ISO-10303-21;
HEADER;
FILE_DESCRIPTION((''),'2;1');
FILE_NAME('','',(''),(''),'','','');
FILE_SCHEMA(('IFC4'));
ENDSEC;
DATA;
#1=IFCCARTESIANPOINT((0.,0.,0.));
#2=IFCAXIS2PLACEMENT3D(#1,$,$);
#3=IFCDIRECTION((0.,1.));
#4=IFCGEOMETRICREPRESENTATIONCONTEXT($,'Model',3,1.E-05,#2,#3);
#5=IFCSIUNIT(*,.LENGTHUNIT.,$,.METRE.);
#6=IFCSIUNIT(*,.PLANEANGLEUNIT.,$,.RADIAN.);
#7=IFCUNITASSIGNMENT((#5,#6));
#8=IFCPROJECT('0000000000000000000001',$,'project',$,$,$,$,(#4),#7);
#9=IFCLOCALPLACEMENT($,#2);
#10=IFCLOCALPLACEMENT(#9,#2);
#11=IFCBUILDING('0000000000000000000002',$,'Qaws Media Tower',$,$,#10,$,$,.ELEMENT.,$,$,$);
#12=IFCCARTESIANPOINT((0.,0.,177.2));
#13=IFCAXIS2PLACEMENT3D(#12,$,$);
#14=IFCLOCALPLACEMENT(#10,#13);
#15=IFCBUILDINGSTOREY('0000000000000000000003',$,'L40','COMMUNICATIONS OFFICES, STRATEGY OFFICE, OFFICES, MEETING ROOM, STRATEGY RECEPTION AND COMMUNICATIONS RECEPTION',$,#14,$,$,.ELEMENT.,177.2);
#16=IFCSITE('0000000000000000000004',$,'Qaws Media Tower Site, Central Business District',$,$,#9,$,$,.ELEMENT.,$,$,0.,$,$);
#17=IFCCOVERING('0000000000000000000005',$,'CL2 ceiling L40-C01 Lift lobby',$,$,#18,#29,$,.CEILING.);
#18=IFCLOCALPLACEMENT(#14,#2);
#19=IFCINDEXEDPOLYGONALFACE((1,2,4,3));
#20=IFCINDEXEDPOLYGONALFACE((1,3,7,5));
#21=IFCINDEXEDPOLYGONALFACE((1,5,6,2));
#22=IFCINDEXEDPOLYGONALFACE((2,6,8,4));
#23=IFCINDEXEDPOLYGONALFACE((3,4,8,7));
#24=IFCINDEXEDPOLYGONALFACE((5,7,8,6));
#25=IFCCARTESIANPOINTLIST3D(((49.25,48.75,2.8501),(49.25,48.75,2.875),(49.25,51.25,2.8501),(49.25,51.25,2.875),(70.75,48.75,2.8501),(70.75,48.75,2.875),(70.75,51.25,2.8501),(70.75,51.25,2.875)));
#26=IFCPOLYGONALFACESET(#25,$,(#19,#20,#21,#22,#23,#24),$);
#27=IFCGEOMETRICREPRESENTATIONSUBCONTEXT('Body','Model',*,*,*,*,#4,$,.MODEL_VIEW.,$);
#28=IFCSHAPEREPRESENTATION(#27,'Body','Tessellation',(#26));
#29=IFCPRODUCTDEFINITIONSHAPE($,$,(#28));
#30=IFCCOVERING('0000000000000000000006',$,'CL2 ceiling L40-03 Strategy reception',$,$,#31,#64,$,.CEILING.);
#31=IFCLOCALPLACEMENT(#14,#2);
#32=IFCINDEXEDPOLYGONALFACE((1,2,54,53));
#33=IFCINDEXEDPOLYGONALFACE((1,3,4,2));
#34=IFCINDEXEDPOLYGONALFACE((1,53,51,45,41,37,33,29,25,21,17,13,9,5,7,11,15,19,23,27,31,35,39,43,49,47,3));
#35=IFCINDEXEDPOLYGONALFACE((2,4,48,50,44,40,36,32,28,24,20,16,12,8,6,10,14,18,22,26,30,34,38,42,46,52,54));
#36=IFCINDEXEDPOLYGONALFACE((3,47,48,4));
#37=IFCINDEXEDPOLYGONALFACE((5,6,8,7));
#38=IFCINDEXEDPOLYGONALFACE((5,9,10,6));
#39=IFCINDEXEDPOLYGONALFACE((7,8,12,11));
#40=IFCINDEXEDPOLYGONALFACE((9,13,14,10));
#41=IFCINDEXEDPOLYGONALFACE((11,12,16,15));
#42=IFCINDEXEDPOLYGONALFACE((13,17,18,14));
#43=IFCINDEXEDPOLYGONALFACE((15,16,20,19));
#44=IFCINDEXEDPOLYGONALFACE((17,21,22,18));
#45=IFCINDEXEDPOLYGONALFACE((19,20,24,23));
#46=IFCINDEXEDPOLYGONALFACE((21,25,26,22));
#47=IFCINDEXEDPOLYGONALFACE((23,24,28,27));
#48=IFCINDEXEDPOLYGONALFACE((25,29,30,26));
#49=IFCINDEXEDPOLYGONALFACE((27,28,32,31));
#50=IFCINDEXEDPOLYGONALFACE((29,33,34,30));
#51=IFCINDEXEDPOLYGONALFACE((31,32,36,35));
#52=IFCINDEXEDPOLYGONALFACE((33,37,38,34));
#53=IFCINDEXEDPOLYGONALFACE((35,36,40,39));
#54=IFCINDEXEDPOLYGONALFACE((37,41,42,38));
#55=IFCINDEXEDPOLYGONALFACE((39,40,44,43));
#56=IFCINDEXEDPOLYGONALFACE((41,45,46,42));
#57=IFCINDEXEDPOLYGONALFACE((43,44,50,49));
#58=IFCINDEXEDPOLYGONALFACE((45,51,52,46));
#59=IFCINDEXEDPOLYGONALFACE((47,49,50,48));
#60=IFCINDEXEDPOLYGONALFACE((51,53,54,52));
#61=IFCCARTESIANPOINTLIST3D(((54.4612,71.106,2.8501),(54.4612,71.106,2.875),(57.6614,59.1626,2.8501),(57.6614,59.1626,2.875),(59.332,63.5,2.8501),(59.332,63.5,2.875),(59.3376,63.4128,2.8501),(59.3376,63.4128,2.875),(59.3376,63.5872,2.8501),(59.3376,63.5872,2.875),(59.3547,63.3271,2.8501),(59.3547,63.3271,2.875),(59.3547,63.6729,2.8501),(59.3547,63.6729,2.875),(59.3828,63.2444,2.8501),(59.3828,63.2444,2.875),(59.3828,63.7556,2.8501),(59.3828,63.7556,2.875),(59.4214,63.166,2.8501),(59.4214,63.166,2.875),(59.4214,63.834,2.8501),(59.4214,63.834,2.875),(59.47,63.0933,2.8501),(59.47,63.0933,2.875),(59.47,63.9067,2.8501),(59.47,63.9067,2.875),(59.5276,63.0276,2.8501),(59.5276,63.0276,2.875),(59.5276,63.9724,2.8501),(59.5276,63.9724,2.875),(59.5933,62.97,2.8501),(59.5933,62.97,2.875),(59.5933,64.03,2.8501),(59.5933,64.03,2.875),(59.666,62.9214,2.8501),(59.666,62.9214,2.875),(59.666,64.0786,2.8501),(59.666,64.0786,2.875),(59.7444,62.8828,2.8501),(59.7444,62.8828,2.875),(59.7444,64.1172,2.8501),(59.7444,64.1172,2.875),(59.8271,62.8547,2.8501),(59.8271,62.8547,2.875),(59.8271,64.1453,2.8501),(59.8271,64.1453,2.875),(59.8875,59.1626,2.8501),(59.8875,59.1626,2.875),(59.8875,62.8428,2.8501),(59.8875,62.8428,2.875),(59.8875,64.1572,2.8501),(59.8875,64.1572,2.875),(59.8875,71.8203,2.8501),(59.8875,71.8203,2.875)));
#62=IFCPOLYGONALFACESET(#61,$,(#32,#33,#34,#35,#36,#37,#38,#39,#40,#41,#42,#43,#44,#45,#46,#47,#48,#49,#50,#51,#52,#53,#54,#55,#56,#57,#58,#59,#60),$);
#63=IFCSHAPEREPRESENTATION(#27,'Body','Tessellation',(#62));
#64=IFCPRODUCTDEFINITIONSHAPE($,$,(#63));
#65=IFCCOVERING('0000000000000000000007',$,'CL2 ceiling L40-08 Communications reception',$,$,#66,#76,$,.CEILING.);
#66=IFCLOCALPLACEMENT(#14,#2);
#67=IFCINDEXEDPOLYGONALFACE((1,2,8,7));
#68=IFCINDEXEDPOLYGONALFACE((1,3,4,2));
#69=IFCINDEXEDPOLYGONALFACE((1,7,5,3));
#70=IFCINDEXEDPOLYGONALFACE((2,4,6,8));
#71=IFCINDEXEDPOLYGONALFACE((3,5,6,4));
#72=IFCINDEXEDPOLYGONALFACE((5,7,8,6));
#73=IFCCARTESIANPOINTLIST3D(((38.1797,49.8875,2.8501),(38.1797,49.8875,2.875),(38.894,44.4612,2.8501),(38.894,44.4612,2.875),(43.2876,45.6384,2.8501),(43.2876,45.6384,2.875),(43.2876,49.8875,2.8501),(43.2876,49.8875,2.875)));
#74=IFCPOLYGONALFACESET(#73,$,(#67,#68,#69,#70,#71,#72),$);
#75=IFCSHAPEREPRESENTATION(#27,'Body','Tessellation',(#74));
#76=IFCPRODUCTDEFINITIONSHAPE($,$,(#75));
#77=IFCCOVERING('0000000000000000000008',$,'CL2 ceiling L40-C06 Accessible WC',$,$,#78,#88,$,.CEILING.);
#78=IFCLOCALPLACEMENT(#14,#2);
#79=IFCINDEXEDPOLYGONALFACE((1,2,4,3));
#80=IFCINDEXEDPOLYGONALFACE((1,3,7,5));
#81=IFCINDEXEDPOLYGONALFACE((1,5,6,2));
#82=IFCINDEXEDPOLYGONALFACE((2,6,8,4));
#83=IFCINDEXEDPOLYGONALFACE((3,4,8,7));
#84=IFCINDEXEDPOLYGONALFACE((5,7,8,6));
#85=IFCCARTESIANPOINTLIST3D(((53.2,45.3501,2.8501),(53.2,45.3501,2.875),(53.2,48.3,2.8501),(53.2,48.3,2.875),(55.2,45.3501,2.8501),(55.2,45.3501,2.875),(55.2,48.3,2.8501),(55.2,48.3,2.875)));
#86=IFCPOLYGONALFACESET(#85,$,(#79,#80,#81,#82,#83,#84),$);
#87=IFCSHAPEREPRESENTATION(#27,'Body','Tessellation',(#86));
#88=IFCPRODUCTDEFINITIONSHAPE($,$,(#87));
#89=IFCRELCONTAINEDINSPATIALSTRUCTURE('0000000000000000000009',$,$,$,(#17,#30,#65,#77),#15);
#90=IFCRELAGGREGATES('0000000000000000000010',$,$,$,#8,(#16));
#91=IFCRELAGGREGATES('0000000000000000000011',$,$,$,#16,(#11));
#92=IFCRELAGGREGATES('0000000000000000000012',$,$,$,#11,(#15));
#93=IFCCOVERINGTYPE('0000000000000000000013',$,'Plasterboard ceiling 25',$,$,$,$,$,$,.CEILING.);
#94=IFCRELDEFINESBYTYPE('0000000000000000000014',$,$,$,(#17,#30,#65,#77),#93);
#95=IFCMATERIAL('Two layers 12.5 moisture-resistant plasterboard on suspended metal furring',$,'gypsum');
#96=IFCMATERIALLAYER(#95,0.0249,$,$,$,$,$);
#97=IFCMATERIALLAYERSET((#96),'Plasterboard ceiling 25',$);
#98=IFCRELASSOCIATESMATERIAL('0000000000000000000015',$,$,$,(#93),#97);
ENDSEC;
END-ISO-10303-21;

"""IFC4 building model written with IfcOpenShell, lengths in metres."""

from ifc_helpers import new_model, si_unit, direction, frame, origin, place, context, subcontext, project, spatial, polyline, outline, extrude, material, layer, layer_set, type_object, element, save


model = new_model("IFC4")

# Units and contexts
model_context = context("Model", 3, precision=1e-05, world=origin(), true_north=direction((0.0, 1.0)))
body_context = subcontext(model_context, "Body", "Model", "MODEL_VIEW")
ifc_project = project(units=[si_unit("LENGTHUNIT", "METRE"), si_unit("PLANEANGLEUNIT", "RADIAN")], contexts=[model_context])

# Site, building, storey
site_placement = place(None, origin())
site = spatial("IfcSite", under=ifc_project, at=site_placement, Name="Qaws Media Tower Site, Central Business District", CompositionType="ELEMENT", RefElevation=0.0)
building_placement = place(site_placement, origin())
building = spatial("IfcBuilding", under=site, at=building_placement, Name="Qaws Media Tower", CompositionType="ELEMENT")
storey_placement = place(building_placement, frame((0.0, 0.0, 177.2)))
storey = spatial("IfcBuildingStorey", under=building, at=storey_placement, Name="L40", Description="COMMUNICATIONS OFFICES, STRATEGY OFFICE, OFFICES, MEETING ROOM, STRATEGY RECEPTION AND COMMUNICATIONS RECEPTION", CompositionType="ELEMENT", Elevation=177.2)

# Coverings
ifc_material_1 = material(Name="Two layers 12.5 moisture-resistant plasterboard on suspended metal furring", Category="gypsum")
ifc_layer_1 = layer(ifc_material_1, 0.0249)
ifc_layer_set_1 = layer_set([ifc_layer_1], Name="Plasterboard ceiling 25")
covering_type_1 = type_object("IfcCoveringType", Name="Plasterboard ceiling 25", PredefinedType="CEILING", material=ifc_layer_set_1)
covering_1_placement = place(storey_placement, frame((0.0, 0.0, 2.8501)))
element("IfcCovering", 1, at=covering_1_placement, inside=storey, type_object=covering_type_1, Name="CL2 ceiling L40-C01 Lift lobby", PredefinedType="CEILING", context=body_context, shape_type="SweptSolid", body=[
    extrude(outline(polyline([(49.25, 48.75), (49.25, 51.25), (70.75, 51.25), (70.75, 48.75), (49.25, 48.75)])), origin(), (0.0, 0.0, 1.0), 0.0249),
])
covering_2_placement = place(storey_placement, frame((0.0, 0.0, 2.8501)))
element("IfcCovering", 2, at=covering_2_placement, inside=storey, type_object=covering_type_1, Name="CL2 ceiling L40-03 Strategy reception", PredefinedType="CEILING", context=body_context, shape_type="SweptSolid", body=[
    extrude(outline(polyline([(59.8875, 71.8203), (59.8875, 64.1572), (59.8271, 64.1453), (59.7444, 64.1172), (59.666, 64.0786), (59.5933, 64.03), (59.5276, 63.9724), (59.47, 63.9067), (59.4214, 63.834), (59.3828, 63.7556), (59.3547, 63.6729), (59.3376, 63.5872), (59.332, 63.5), (59.3376, 63.4128), (59.3547, 63.3271), (59.3828, 63.2444), (59.4214, 63.166), (59.47, 63.0933), (59.5276, 63.0276), (59.5933, 62.97), (59.666, 62.9214), (59.7444, 62.8828), (59.8271, 62.8547), (59.8875, 62.8428), (59.8875, 59.1626), (57.6614, 59.1626), (54.4612, 71.106), (59.8875, 71.8203)])), origin(), (0.0, 0.0, 1.0), 0.0249),
])
covering_3_placement = place(storey_placement, frame((0.0, 0.0, 2.8501)))
element("IfcCovering", 3, at=covering_3_placement, inside=storey, type_object=covering_type_1, Name="CL2 ceiling L40-08 Communications reception", PredefinedType="CEILING", context=body_context, shape_type="SweptSolid", body=[
    extrude(outline(polyline([(38.1797, 49.8875), (43.2876, 49.8875), (43.2876, 45.6384), (38.894, 44.4612), (38.1797, 49.8875)])), origin(), (0.0, 0.0, 1.0), 0.0249),
])
covering_4_placement = place(storey_placement, frame((0.0, 0.0, 2.8501)))
element("IfcCovering", 4, at=covering_4_placement, inside=storey, type_object=covering_type_1, Name="CL2 ceiling L40-C06 Accessible WC", PredefinedType="CEILING", context=body_context, shape_type="SweptSolid", body=[
    extrude(outline(polyline([(53.2, 45.3501), (53.2, 48.3), (55.2, 48.3), (55.2, 45.3501), (53.2, 45.3501)])), origin(), (0.0, 0.0, 1.0), 0.0249),
])

save(model, "model.ifc")
